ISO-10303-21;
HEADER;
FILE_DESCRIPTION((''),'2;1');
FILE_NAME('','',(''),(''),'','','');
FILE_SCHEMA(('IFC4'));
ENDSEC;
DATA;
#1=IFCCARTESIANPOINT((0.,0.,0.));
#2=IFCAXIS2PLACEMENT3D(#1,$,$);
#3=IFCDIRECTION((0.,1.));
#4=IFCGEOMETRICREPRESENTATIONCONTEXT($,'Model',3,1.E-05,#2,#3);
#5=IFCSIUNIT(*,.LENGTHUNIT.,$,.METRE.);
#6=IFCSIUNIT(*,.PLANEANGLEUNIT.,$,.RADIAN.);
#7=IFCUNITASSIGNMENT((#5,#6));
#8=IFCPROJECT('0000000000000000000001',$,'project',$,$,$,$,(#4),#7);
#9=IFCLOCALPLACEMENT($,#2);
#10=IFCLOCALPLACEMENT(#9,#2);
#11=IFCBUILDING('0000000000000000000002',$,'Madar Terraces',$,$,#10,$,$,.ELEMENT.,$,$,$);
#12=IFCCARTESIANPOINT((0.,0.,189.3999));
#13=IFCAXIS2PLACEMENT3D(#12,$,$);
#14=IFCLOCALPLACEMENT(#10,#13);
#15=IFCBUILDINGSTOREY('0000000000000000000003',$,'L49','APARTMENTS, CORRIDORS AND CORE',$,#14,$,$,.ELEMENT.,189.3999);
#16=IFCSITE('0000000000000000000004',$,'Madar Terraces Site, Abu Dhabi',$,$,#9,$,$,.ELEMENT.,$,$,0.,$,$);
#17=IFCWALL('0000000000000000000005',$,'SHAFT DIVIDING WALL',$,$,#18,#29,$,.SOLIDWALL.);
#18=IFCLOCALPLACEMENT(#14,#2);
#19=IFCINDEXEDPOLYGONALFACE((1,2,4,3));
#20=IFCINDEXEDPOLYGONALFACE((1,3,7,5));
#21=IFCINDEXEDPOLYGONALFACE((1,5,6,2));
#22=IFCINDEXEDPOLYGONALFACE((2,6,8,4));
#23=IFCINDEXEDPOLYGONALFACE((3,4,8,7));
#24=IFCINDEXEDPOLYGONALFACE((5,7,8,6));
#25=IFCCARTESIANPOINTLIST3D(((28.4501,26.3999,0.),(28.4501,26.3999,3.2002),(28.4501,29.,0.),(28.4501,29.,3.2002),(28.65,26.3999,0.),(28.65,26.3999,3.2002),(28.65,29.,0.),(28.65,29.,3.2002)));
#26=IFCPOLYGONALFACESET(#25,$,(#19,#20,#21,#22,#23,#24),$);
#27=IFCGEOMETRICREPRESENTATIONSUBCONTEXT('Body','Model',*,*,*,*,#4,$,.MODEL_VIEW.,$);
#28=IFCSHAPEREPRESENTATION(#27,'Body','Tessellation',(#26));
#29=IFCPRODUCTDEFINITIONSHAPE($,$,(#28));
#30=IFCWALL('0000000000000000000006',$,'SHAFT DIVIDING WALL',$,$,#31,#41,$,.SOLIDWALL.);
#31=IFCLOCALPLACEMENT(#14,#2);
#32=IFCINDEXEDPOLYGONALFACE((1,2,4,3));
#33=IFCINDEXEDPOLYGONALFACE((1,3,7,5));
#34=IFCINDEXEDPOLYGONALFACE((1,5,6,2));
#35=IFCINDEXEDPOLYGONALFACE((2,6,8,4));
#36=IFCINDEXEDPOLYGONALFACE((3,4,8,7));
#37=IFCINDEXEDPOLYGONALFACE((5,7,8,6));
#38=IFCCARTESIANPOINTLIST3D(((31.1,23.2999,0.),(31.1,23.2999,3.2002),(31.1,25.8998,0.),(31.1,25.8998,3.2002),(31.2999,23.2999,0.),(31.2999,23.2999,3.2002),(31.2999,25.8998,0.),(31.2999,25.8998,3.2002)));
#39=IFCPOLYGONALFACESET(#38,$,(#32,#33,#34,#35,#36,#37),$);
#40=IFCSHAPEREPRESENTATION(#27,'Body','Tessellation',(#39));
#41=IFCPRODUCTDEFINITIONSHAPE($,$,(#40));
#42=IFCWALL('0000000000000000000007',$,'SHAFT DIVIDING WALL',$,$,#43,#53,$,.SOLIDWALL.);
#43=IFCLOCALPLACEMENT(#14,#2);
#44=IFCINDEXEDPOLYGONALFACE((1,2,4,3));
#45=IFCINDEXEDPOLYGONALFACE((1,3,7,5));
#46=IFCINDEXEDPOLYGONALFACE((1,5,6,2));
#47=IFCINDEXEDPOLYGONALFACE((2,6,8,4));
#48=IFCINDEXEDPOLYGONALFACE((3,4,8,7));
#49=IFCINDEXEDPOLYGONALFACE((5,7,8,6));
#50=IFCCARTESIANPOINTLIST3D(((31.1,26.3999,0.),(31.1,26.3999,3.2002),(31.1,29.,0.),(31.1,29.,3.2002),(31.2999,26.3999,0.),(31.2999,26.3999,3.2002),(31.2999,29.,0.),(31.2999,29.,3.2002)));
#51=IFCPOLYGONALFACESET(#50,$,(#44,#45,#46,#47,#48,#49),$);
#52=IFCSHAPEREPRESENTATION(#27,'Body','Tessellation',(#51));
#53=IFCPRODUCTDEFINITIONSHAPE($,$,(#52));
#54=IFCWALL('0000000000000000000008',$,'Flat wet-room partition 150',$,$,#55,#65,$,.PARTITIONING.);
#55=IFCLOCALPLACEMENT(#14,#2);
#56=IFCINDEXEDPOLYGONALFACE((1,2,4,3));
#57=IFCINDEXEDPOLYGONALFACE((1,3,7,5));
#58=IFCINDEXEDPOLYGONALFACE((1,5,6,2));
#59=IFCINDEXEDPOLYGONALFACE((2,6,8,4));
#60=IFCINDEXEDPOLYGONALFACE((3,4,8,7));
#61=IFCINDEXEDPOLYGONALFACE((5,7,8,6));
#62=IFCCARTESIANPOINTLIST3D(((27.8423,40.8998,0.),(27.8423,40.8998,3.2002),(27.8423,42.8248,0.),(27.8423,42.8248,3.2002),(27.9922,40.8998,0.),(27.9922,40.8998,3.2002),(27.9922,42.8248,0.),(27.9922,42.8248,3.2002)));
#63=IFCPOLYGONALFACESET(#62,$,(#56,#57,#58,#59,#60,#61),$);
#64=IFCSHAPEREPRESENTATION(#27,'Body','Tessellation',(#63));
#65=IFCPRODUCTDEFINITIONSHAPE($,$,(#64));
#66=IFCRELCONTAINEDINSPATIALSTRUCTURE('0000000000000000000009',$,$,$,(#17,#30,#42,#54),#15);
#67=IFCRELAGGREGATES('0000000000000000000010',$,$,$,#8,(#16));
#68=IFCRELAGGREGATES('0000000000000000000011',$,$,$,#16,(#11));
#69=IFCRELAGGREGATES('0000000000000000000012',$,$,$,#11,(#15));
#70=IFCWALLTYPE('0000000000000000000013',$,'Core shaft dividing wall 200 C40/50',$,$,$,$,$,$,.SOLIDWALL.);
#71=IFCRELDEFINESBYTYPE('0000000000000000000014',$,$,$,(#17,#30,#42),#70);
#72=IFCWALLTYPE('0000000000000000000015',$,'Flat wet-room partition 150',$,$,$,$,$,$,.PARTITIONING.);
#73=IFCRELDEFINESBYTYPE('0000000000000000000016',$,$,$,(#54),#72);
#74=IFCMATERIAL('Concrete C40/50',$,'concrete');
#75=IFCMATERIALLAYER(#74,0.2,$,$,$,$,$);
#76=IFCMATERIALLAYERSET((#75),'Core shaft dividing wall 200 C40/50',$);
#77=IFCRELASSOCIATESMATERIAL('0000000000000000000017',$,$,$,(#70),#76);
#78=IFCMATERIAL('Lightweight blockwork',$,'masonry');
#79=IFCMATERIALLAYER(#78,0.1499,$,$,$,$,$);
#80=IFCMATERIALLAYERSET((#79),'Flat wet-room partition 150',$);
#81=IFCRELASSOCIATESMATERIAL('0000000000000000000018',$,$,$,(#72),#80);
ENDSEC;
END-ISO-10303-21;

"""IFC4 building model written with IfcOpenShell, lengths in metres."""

from ifc_helpers import new_model, si_unit, direction, frame, frame_2d, origin, place, context, subcontext, project, spatial, rectangle, extrude, material, layer, layer_set, type_object, element, save


model = new_model("IFC4")

# Units and contexts
model_context = context("Model", 3, precision=1e-05, world=origin(), true_north=direction((0.0, 1.0)))
body_context = subcontext(model_context, "Body", "Model", "MODEL_VIEW")
ifc_project = project(units=[si_unit("LENGTHUNIT", "METRE"), si_unit("PLANEANGLEUNIT", "RADIAN")], contexts=[model_context])

# Site, building, storey
site_placement = place(None, origin())
site = spatial("IfcSite", under=ifc_project, at=site_placement, Name="Madar Terraces Site, Abu Dhabi", CompositionType="ELEMENT", RefElevation=0.0)
building_placement = place(site_placement, origin())
building = spatial("IfcBuilding", under=site, at=building_placement, Name="Madar Terraces", CompositionType="ELEMENT")
storey_placement = place(building_placement, frame((0.0, 0.0, 189.3999)))
storey = spatial("IfcBuildingStorey", under=building, at=storey_placement, Name="L49", Description="APARTMENTS, CORRIDORS AND CORE", CompositionType="ELEMENT", Elevation=189.3999)

# Walls
ifc_material_1 = material(Name="Concrete C40/50", Category="concrete")
ifc_layer_1 = layer(ifc_material_1, 0.2)
ifc_layer_set_1 = layer_set([ifc_layer_1], Name="Core shaft dividing wall 200 C40/50")
wall_type_1 = type_object("IfcWallType", Name="Core shaft dividing wall 200 C40/50", PredefinedType="SOLIDWALL", material=ifc_layer_set_1)
wall_1_placement = place(storey_placement, frame((28.55, 26.3999, 0.0), z_axis=(0.0, 0.0, 1.0), x_axis=(0.0, 1.0, 0.0)))
element("IfcWall", 1, at=wall_1_placement, inside=storey, type_object=wall_type_1, Name="SHAFT DIVIDING WALL", PredefinedType="SOLIDWALL", context=body_context, shape_type="SweptSolid", body=[
    extrude(rectangle(XDim=2.6001, YDim=0.2, at=frame_2d((1.3, 0.0))), origin(), (0.0, 0.0, 1.0), 3.2002),
])
wall_2_placement = place(storey_placement, frame((31.2, 23.3, 0.0), z_axis=(0.0, 0.0, 1.0), x_axis=(0.0, 1.0, 0.0)))
element("IfcWall", 2, at=wall_2_placement, inside=storey, type_object=wall_type_1, Name="SHAFT DIVIDING WALL", PredefinedType="SOLIDWALL", context=body_context, shape_type="SweptSolid", body=[
    extrude(rectangle(XDim=2.5999, YDim=0.2, at=frame_2d((1.2998, 0.0))), origin(), (0.0, 0.0, 1.0), 3.2002),
])
wall_3_placement = place(storey_placement, frame((31.2, 26.3999, 0.0), z_axis=(0.0, 0.0, 1.0), x_axis=(0.0, 1.0, 0.0)))
element("IfcWall", 3, at=wall_3_placement, inside=storey, type_object=wall_type_1, Name="SHAFT DIVIDING WALL", PredefinedType="SOLIDWALL", context=body_context, shape_type="SweptSolid", body=[
    extrude(rectangle(XDim=2.6001, YDim=0.2, at=frame_2d((1.3, 0.0))), origin(), (0.0, 0.0, 1.0), 3.2002),
])
ifc_material_2 = material(Name="Lightweight blockwork", Category="masonry")
ifc_layer_2 = layer(ifc_material_2, 0.1499)
ifc_layer_set_2 = layer_set([ifc_layer_2], Name="Flat wet-room partition 150")
wall_type_2 = type_object("IfcWallType", Name="Flat wet-room partition 150", PredefinedType="PARTITIONING", material=ifc_layer_set_2)
wall_4_placement = place(storey_placement, frame((27.9172, 40.8999, 0.0), z_axis=(0.0, 0.0, 1.0), x_axis=(0.0, 1.0, 0.0)))
element("IfcWall", 4, at=wall_4_placement, inside=storey, type_object=wall_type_2, Name="Flat wet-room partition 150", PredefinedType="PARTITIONING", context=body_context, shape_type="SweptSolid", body=[
    extrude(rectangle(XDim=1.925, YDim=0.1499, at=frame_2d((0.9624, 0.0))), origin(), (0.0, 0.0, 1.0), 3.2002),
])

save(model, "model.ifc")
